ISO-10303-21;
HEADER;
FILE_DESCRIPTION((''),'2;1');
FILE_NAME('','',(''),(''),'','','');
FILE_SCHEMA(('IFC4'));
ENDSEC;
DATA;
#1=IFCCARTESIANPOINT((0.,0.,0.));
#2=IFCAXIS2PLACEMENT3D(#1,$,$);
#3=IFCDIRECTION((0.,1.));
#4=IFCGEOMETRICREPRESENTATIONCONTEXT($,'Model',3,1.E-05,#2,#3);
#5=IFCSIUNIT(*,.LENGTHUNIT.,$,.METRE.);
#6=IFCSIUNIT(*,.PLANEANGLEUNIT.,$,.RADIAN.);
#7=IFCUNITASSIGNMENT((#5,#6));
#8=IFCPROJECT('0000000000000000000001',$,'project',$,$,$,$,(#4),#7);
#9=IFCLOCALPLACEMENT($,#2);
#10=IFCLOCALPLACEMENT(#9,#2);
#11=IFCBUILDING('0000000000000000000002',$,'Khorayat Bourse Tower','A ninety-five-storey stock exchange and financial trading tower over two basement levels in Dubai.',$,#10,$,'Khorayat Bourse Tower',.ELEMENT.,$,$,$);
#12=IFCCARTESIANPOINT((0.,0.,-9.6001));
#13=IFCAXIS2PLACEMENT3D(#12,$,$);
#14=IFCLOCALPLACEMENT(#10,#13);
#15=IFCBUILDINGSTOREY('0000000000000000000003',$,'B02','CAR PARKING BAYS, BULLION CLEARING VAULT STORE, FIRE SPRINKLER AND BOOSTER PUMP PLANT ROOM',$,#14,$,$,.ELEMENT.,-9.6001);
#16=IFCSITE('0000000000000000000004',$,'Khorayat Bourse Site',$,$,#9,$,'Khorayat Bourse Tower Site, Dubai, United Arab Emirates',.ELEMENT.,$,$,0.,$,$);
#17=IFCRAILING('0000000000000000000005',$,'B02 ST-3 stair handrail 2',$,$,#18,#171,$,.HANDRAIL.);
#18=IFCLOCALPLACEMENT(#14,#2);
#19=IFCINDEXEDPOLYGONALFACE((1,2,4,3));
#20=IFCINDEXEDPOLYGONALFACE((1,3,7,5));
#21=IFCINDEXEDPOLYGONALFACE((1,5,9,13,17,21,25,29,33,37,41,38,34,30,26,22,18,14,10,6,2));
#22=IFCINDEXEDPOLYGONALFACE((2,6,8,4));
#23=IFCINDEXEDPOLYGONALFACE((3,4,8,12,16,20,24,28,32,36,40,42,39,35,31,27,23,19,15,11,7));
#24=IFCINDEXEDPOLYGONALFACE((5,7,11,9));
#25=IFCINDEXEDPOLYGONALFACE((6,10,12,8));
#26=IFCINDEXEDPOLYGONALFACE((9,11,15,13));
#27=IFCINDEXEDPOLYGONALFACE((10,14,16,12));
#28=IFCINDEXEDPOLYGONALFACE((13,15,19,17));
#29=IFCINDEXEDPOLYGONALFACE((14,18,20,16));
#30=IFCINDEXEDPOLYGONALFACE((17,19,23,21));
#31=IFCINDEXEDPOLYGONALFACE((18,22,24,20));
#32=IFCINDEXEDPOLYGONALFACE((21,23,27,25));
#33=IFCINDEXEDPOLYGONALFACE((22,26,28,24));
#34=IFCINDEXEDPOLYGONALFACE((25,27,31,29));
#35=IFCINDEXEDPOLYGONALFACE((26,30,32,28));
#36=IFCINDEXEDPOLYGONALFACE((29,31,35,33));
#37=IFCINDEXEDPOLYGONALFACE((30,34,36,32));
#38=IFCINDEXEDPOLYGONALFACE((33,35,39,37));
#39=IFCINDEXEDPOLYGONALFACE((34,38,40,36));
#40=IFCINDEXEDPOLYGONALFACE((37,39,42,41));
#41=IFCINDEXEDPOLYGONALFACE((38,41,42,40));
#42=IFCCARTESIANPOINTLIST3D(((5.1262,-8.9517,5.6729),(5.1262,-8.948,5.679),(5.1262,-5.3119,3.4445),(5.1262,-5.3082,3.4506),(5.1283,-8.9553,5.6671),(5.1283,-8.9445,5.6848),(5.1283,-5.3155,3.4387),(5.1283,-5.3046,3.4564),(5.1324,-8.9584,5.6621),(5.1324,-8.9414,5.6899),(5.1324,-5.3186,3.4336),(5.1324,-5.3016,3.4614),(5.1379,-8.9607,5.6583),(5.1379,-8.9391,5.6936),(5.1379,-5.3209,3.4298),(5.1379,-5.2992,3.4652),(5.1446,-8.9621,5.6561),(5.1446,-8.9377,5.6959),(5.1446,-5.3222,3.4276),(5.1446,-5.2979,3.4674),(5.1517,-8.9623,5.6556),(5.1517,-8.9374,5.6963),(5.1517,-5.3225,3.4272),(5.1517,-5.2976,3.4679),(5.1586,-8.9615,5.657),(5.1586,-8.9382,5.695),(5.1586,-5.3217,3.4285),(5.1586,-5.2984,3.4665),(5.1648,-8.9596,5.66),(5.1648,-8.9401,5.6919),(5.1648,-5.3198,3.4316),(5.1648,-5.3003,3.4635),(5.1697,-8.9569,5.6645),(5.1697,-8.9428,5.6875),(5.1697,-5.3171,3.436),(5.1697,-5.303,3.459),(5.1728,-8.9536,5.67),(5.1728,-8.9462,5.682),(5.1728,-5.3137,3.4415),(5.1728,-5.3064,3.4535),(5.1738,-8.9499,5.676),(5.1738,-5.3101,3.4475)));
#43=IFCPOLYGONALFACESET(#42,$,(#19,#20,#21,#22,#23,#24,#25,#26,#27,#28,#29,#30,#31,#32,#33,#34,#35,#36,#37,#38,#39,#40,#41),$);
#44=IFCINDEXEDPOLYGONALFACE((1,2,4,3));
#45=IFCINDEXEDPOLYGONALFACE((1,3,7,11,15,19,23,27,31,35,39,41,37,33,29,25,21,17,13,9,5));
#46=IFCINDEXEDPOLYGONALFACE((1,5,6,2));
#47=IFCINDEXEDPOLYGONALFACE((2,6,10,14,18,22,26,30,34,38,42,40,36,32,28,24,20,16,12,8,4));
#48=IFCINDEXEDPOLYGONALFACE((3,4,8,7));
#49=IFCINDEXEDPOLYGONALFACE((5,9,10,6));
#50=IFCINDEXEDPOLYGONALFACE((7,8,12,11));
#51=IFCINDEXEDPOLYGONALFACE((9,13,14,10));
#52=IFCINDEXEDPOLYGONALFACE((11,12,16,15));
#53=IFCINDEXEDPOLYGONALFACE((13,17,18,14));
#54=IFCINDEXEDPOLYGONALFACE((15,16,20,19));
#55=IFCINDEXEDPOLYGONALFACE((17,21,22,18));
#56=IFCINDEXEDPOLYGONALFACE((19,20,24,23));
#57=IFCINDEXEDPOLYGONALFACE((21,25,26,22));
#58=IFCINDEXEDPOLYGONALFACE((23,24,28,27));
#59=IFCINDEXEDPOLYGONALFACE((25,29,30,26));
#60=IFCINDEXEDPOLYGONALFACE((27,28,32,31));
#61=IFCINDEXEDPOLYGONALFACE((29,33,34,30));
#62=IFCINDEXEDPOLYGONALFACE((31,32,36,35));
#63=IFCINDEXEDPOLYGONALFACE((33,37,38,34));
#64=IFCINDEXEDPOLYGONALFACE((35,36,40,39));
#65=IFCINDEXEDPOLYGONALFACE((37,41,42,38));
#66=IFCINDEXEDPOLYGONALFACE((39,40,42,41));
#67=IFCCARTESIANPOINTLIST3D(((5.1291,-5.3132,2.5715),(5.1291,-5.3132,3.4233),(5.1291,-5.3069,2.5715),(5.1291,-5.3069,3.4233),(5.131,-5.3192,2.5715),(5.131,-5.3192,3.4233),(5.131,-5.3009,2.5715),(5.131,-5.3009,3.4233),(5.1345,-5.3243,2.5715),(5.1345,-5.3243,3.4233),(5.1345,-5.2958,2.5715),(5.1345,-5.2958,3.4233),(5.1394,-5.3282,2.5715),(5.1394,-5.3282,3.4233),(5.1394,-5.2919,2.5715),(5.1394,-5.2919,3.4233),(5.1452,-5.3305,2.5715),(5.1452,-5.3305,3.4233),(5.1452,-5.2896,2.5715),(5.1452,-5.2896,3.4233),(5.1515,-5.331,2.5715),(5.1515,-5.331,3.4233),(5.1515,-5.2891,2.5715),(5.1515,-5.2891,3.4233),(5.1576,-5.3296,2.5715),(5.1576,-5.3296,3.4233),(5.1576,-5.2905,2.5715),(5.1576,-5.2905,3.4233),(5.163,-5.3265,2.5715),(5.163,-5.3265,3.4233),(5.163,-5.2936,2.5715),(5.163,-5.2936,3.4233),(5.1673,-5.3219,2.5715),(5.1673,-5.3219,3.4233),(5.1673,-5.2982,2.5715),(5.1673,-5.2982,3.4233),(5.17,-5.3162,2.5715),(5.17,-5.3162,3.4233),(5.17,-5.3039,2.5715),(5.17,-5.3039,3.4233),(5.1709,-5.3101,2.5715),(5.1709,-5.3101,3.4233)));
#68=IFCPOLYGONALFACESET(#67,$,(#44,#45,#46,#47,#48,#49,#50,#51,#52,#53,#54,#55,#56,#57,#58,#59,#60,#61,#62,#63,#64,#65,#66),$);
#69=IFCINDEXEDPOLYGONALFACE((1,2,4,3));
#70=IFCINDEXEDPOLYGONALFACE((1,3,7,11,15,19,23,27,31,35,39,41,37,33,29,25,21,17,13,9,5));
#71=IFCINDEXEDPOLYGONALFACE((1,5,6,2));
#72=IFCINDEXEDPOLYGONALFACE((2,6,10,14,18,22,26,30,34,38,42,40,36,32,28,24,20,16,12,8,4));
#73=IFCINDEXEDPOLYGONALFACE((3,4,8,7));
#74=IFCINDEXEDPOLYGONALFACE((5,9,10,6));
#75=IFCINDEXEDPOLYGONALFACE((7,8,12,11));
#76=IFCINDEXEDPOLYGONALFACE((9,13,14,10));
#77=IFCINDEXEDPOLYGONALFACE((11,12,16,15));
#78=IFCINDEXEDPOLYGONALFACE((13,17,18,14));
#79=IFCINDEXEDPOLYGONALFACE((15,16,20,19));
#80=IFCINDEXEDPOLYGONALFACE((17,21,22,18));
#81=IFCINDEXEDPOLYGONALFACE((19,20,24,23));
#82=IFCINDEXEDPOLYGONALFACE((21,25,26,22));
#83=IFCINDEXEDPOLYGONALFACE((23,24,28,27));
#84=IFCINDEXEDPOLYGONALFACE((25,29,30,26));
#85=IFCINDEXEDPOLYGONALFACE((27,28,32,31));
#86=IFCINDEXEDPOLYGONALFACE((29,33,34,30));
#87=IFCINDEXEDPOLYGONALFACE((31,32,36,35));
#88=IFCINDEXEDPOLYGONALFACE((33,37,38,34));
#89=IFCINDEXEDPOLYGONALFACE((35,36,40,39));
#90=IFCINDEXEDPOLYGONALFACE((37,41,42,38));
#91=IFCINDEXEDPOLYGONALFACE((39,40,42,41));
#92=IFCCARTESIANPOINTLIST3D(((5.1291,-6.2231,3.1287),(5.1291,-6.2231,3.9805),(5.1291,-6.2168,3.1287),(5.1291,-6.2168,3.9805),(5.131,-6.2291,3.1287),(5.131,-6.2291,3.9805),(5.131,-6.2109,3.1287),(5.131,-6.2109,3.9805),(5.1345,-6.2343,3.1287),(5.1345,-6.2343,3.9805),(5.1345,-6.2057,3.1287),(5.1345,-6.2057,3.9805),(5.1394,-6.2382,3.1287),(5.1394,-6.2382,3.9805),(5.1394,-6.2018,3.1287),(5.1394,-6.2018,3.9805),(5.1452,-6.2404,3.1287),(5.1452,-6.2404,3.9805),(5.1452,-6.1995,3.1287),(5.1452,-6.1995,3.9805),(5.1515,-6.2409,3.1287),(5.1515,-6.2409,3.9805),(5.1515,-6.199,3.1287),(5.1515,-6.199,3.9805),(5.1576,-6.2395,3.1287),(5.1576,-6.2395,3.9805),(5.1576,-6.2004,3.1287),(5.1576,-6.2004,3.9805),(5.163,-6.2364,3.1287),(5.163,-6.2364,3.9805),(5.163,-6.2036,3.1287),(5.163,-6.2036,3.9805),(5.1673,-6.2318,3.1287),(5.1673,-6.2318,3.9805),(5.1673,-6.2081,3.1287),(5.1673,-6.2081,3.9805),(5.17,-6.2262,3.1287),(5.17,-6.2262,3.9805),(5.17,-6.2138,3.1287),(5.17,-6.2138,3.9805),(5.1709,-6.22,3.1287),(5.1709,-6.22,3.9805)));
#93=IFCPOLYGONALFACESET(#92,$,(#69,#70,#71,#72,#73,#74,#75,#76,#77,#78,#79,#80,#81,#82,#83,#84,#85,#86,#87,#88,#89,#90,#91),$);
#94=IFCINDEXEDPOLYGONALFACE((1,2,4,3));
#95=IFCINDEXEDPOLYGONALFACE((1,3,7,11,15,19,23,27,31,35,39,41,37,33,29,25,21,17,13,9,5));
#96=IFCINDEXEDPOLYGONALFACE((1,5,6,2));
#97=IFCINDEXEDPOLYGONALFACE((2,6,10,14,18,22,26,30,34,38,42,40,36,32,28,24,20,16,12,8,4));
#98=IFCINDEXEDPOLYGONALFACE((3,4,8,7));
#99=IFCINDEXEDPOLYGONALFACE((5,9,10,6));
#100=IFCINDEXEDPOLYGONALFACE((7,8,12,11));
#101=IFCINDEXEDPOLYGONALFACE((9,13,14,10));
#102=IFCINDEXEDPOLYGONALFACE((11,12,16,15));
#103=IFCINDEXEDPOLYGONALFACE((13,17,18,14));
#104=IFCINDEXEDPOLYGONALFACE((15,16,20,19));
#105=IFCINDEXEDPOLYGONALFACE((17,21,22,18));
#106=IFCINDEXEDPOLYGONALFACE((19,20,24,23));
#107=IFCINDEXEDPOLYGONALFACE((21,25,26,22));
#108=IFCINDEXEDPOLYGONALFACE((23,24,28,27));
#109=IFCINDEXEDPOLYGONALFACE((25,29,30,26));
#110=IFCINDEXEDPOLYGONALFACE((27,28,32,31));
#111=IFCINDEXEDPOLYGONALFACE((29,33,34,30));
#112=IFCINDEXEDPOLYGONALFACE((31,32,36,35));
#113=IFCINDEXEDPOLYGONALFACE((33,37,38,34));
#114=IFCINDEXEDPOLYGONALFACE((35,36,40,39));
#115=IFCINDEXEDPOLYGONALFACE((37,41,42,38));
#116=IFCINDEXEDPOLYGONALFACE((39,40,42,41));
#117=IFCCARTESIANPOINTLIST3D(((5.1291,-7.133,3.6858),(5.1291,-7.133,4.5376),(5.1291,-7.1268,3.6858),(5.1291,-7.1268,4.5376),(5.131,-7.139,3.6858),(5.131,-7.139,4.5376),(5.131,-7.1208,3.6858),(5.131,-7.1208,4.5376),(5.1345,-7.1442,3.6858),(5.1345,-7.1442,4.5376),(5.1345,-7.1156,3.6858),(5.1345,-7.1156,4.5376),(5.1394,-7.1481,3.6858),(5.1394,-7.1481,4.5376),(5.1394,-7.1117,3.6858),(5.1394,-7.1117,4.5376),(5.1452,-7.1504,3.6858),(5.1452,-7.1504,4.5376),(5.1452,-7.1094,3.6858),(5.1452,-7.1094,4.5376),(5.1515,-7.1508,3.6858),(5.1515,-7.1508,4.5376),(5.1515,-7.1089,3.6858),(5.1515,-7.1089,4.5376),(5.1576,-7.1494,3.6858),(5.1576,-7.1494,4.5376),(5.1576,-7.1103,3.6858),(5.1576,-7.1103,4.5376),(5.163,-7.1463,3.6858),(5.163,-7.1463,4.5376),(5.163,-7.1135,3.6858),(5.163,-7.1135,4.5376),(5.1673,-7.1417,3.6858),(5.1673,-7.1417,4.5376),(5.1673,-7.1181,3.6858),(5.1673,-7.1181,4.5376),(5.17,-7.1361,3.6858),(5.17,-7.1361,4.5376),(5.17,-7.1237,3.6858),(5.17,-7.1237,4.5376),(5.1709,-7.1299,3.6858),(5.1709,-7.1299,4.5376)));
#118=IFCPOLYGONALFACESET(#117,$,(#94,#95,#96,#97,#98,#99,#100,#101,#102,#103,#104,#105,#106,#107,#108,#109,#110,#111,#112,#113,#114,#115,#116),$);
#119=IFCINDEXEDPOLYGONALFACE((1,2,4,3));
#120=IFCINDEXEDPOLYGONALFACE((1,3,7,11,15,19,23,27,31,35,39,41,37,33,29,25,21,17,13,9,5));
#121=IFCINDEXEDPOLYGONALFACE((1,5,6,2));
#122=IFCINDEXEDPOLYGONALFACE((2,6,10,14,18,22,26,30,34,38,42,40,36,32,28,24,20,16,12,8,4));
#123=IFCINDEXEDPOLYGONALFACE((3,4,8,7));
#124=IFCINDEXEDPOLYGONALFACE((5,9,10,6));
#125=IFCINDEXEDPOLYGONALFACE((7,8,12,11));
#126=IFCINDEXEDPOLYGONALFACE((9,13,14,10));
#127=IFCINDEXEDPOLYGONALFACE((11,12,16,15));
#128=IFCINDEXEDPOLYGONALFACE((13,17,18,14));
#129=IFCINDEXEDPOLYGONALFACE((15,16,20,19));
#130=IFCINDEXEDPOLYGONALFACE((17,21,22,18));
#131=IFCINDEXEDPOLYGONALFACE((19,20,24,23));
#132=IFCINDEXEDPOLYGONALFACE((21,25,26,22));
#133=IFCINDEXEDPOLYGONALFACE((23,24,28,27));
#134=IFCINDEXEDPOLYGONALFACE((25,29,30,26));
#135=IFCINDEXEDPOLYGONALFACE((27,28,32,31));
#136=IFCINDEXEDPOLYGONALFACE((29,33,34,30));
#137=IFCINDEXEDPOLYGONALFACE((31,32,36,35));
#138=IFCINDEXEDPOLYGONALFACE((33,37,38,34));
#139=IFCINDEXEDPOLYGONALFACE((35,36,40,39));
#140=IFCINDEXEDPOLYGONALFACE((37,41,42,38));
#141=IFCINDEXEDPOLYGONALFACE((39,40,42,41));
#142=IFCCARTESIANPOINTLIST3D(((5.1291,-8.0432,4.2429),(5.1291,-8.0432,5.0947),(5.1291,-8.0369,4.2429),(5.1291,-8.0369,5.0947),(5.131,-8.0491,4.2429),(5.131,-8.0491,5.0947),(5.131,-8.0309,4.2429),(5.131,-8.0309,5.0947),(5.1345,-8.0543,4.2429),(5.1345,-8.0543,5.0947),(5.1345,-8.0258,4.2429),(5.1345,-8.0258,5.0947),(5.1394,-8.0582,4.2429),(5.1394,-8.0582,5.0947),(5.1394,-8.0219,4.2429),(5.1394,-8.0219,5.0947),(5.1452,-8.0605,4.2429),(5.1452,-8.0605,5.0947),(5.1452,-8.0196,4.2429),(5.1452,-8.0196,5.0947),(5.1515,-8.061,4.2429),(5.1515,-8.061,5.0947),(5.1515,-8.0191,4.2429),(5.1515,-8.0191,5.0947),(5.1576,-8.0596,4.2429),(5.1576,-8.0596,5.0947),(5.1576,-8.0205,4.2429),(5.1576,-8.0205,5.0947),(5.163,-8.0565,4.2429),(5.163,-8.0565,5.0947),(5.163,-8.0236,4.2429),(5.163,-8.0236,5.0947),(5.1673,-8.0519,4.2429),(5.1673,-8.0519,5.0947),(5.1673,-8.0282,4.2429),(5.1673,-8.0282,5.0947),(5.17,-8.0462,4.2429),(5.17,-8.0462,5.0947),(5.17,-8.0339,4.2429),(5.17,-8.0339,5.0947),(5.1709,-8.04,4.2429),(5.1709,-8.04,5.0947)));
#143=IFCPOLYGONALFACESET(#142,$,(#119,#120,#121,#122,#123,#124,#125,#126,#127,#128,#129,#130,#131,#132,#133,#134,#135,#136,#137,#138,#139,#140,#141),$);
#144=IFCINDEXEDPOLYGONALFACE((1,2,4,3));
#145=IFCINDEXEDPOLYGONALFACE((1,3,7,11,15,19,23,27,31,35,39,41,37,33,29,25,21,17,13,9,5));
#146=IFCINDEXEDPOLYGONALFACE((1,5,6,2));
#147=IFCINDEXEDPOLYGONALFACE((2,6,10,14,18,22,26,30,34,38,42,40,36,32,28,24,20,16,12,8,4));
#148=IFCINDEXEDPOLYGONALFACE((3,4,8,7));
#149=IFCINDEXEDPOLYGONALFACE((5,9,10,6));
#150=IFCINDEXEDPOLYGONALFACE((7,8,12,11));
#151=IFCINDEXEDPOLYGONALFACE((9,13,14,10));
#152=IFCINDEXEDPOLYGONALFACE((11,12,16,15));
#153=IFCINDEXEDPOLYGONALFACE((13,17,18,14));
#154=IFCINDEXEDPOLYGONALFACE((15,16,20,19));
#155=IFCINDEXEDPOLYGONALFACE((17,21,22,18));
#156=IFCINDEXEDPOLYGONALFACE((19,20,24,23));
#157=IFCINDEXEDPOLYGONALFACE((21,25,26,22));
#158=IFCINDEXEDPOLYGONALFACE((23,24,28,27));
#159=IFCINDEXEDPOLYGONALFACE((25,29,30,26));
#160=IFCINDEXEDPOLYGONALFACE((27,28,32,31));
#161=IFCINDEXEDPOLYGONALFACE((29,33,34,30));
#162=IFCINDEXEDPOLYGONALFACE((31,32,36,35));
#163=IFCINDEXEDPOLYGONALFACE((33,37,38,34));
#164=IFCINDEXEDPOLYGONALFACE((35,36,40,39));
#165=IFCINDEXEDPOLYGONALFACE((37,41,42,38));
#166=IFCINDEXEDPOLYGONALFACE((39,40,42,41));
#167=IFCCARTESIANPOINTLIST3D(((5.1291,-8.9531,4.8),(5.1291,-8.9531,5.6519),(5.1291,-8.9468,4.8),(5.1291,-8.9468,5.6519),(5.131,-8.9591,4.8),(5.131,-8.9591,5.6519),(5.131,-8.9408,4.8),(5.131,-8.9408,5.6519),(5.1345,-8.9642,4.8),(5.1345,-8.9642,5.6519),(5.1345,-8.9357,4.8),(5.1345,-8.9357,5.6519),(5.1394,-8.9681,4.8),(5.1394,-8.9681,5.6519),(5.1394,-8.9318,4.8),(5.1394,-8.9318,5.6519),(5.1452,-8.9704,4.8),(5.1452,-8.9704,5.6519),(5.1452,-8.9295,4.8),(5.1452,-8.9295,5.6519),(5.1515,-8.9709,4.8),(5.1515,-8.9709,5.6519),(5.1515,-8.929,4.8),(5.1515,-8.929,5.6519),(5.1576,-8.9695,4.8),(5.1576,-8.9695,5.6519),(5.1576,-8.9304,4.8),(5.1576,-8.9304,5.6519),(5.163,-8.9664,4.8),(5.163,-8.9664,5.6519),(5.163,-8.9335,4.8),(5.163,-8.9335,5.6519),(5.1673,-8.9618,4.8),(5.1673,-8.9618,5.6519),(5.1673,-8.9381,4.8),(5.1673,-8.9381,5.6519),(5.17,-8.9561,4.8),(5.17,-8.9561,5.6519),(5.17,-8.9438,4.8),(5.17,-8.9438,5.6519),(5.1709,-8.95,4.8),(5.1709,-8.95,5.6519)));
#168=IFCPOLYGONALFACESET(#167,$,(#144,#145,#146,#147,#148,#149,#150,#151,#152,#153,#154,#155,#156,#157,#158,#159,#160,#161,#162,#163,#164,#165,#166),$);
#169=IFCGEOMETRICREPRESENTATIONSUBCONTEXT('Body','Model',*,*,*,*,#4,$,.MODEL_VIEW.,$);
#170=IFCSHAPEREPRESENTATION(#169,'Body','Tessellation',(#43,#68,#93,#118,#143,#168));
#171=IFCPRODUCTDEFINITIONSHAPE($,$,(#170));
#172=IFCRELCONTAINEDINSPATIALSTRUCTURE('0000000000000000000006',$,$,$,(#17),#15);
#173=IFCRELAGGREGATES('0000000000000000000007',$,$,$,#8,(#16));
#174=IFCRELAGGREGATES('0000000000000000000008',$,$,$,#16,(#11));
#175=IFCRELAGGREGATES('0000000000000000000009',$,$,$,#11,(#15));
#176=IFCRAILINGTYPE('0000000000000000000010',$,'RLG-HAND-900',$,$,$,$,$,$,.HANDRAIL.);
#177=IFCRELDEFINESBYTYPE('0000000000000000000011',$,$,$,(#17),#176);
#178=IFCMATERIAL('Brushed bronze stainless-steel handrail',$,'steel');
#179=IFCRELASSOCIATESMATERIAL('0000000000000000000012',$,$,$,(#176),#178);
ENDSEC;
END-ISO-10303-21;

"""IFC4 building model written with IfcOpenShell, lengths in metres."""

from ifc_helpers import new_model, si_unit, direction, frame, origin, origin_2d, place, context, subcontext, project, spatial, circle, extrude, source, transform, mapped, material, type_object, element, save


model = new_model("IFC4")

# Units and contexts
model_context = context("Model", 3, precision=1e-05, world=origin(), true_north=direction((0.0, 1.0)))
body_context = subcontext(model_context, "Body", "Model", "MODEL_VIEW")
ifc_project = project(units=[si_unit("LENGTHUNIT", "METRE"), si_unit("PLANEANGLEUNIT", "RADIAN")], contexts=[model_context])

# Site, building, storey
site_placement = place(None, origin())
site = spatial("IfcSite", under=ifc_project, at=site_placement, Name="Khorayat Bourse Site", LongName="Khorayat Bourse Tower Site, Dubai, United Arab Emirates", CompositionType="ELEMENT", RefElevation=0.0)
building_placement = place(site_placement, origin())
building = spatial("IfcBuilding", under=site, at=building_placement, Name="Khorayat Bourse Tower", Description="A ninety-five-storey stock exchange and financial trading tower over two basement levels in Dubai.", LongName="Khorayat Bourse Tower", CompositionType="ELEMENT")
storey_placement = place(building_placement, frame((0.0, 0.0, -9.6001)))
storey = spatial("IfcBuildingStorey", under=building, at=storey_placement, Name="B02", Description="CAR PARKING BAYS, BULLION CLEARING VAULT STORE, FIRE SPRINKLER AND BOOSTER PUMP PLANT ROOM", CompositionType="ELEMENT", Elevation=-9.6001)

# Railing
ifc_material_1 = material(Name="Brushed bronze stainless-steel handrail", Category="steel")
railing_type_1 = type_object("IfcRailingType", Name="RLG-HAND-900", PredefinedType="HANDRAIL", material=ifc_material_1)
shared_shape_1 = source(origin(), body_context, "Body", "SweptSolid", [
    extrude(circle(Radius=0.0239, at=origin_2d()), frame((0.0, 0.0, 0.876), z_axis=(0.0, -0.85285, 0.522156), x_axis=(1.0, 0.0, 0.0)), (0.0, 0.0, 1.0), 4.2678),
    extrude(circle(Radius=0.021, at=origin_2d()), origin(), (0.0, 0.0, 1.0), 0.8518),
    extrude(circle(Radius=0.021, at=origin_2d()), frame((0.0, -0.9099, 0.5571)), (0.0, 0.0, 1.0), 0.8518),
    extrude(circle(Radius=0.021, at=origin_2d()), frame((0.0, -1.8198, 1.1143)), (0.0, 0.0, 1.0), 0.8518),
    extrude(circle(Radius=0.021, at=origin_2d()), frame((0.0, -2.73, 1.6714)), (0.0, 0.0, 1.0), 0.8518),
    extrude(circle(Radius=0.021, at=origin_2d()), frame((0.0, -3.6399, 2.2285)), (0.0, 0.0, 1.0), 0.8518),
])
railing_1_placement = place(storey_placement, frame((5.1499, -5.3101, 2.5715)))
element("IfcRailing", 1, at=railing_1_placement, inside=storey, type_object=railing_type_1, Name="B02 ST-3 stair handrail 2", PredefinedType="HANDRAIL", context=body_context, shape_type="MappedRepresentation", body=[
    mapped(shared_shape_1, transform((0.0, 0.0, 0.0), scale=1.0)),
])

save(model, "model.ifc")
